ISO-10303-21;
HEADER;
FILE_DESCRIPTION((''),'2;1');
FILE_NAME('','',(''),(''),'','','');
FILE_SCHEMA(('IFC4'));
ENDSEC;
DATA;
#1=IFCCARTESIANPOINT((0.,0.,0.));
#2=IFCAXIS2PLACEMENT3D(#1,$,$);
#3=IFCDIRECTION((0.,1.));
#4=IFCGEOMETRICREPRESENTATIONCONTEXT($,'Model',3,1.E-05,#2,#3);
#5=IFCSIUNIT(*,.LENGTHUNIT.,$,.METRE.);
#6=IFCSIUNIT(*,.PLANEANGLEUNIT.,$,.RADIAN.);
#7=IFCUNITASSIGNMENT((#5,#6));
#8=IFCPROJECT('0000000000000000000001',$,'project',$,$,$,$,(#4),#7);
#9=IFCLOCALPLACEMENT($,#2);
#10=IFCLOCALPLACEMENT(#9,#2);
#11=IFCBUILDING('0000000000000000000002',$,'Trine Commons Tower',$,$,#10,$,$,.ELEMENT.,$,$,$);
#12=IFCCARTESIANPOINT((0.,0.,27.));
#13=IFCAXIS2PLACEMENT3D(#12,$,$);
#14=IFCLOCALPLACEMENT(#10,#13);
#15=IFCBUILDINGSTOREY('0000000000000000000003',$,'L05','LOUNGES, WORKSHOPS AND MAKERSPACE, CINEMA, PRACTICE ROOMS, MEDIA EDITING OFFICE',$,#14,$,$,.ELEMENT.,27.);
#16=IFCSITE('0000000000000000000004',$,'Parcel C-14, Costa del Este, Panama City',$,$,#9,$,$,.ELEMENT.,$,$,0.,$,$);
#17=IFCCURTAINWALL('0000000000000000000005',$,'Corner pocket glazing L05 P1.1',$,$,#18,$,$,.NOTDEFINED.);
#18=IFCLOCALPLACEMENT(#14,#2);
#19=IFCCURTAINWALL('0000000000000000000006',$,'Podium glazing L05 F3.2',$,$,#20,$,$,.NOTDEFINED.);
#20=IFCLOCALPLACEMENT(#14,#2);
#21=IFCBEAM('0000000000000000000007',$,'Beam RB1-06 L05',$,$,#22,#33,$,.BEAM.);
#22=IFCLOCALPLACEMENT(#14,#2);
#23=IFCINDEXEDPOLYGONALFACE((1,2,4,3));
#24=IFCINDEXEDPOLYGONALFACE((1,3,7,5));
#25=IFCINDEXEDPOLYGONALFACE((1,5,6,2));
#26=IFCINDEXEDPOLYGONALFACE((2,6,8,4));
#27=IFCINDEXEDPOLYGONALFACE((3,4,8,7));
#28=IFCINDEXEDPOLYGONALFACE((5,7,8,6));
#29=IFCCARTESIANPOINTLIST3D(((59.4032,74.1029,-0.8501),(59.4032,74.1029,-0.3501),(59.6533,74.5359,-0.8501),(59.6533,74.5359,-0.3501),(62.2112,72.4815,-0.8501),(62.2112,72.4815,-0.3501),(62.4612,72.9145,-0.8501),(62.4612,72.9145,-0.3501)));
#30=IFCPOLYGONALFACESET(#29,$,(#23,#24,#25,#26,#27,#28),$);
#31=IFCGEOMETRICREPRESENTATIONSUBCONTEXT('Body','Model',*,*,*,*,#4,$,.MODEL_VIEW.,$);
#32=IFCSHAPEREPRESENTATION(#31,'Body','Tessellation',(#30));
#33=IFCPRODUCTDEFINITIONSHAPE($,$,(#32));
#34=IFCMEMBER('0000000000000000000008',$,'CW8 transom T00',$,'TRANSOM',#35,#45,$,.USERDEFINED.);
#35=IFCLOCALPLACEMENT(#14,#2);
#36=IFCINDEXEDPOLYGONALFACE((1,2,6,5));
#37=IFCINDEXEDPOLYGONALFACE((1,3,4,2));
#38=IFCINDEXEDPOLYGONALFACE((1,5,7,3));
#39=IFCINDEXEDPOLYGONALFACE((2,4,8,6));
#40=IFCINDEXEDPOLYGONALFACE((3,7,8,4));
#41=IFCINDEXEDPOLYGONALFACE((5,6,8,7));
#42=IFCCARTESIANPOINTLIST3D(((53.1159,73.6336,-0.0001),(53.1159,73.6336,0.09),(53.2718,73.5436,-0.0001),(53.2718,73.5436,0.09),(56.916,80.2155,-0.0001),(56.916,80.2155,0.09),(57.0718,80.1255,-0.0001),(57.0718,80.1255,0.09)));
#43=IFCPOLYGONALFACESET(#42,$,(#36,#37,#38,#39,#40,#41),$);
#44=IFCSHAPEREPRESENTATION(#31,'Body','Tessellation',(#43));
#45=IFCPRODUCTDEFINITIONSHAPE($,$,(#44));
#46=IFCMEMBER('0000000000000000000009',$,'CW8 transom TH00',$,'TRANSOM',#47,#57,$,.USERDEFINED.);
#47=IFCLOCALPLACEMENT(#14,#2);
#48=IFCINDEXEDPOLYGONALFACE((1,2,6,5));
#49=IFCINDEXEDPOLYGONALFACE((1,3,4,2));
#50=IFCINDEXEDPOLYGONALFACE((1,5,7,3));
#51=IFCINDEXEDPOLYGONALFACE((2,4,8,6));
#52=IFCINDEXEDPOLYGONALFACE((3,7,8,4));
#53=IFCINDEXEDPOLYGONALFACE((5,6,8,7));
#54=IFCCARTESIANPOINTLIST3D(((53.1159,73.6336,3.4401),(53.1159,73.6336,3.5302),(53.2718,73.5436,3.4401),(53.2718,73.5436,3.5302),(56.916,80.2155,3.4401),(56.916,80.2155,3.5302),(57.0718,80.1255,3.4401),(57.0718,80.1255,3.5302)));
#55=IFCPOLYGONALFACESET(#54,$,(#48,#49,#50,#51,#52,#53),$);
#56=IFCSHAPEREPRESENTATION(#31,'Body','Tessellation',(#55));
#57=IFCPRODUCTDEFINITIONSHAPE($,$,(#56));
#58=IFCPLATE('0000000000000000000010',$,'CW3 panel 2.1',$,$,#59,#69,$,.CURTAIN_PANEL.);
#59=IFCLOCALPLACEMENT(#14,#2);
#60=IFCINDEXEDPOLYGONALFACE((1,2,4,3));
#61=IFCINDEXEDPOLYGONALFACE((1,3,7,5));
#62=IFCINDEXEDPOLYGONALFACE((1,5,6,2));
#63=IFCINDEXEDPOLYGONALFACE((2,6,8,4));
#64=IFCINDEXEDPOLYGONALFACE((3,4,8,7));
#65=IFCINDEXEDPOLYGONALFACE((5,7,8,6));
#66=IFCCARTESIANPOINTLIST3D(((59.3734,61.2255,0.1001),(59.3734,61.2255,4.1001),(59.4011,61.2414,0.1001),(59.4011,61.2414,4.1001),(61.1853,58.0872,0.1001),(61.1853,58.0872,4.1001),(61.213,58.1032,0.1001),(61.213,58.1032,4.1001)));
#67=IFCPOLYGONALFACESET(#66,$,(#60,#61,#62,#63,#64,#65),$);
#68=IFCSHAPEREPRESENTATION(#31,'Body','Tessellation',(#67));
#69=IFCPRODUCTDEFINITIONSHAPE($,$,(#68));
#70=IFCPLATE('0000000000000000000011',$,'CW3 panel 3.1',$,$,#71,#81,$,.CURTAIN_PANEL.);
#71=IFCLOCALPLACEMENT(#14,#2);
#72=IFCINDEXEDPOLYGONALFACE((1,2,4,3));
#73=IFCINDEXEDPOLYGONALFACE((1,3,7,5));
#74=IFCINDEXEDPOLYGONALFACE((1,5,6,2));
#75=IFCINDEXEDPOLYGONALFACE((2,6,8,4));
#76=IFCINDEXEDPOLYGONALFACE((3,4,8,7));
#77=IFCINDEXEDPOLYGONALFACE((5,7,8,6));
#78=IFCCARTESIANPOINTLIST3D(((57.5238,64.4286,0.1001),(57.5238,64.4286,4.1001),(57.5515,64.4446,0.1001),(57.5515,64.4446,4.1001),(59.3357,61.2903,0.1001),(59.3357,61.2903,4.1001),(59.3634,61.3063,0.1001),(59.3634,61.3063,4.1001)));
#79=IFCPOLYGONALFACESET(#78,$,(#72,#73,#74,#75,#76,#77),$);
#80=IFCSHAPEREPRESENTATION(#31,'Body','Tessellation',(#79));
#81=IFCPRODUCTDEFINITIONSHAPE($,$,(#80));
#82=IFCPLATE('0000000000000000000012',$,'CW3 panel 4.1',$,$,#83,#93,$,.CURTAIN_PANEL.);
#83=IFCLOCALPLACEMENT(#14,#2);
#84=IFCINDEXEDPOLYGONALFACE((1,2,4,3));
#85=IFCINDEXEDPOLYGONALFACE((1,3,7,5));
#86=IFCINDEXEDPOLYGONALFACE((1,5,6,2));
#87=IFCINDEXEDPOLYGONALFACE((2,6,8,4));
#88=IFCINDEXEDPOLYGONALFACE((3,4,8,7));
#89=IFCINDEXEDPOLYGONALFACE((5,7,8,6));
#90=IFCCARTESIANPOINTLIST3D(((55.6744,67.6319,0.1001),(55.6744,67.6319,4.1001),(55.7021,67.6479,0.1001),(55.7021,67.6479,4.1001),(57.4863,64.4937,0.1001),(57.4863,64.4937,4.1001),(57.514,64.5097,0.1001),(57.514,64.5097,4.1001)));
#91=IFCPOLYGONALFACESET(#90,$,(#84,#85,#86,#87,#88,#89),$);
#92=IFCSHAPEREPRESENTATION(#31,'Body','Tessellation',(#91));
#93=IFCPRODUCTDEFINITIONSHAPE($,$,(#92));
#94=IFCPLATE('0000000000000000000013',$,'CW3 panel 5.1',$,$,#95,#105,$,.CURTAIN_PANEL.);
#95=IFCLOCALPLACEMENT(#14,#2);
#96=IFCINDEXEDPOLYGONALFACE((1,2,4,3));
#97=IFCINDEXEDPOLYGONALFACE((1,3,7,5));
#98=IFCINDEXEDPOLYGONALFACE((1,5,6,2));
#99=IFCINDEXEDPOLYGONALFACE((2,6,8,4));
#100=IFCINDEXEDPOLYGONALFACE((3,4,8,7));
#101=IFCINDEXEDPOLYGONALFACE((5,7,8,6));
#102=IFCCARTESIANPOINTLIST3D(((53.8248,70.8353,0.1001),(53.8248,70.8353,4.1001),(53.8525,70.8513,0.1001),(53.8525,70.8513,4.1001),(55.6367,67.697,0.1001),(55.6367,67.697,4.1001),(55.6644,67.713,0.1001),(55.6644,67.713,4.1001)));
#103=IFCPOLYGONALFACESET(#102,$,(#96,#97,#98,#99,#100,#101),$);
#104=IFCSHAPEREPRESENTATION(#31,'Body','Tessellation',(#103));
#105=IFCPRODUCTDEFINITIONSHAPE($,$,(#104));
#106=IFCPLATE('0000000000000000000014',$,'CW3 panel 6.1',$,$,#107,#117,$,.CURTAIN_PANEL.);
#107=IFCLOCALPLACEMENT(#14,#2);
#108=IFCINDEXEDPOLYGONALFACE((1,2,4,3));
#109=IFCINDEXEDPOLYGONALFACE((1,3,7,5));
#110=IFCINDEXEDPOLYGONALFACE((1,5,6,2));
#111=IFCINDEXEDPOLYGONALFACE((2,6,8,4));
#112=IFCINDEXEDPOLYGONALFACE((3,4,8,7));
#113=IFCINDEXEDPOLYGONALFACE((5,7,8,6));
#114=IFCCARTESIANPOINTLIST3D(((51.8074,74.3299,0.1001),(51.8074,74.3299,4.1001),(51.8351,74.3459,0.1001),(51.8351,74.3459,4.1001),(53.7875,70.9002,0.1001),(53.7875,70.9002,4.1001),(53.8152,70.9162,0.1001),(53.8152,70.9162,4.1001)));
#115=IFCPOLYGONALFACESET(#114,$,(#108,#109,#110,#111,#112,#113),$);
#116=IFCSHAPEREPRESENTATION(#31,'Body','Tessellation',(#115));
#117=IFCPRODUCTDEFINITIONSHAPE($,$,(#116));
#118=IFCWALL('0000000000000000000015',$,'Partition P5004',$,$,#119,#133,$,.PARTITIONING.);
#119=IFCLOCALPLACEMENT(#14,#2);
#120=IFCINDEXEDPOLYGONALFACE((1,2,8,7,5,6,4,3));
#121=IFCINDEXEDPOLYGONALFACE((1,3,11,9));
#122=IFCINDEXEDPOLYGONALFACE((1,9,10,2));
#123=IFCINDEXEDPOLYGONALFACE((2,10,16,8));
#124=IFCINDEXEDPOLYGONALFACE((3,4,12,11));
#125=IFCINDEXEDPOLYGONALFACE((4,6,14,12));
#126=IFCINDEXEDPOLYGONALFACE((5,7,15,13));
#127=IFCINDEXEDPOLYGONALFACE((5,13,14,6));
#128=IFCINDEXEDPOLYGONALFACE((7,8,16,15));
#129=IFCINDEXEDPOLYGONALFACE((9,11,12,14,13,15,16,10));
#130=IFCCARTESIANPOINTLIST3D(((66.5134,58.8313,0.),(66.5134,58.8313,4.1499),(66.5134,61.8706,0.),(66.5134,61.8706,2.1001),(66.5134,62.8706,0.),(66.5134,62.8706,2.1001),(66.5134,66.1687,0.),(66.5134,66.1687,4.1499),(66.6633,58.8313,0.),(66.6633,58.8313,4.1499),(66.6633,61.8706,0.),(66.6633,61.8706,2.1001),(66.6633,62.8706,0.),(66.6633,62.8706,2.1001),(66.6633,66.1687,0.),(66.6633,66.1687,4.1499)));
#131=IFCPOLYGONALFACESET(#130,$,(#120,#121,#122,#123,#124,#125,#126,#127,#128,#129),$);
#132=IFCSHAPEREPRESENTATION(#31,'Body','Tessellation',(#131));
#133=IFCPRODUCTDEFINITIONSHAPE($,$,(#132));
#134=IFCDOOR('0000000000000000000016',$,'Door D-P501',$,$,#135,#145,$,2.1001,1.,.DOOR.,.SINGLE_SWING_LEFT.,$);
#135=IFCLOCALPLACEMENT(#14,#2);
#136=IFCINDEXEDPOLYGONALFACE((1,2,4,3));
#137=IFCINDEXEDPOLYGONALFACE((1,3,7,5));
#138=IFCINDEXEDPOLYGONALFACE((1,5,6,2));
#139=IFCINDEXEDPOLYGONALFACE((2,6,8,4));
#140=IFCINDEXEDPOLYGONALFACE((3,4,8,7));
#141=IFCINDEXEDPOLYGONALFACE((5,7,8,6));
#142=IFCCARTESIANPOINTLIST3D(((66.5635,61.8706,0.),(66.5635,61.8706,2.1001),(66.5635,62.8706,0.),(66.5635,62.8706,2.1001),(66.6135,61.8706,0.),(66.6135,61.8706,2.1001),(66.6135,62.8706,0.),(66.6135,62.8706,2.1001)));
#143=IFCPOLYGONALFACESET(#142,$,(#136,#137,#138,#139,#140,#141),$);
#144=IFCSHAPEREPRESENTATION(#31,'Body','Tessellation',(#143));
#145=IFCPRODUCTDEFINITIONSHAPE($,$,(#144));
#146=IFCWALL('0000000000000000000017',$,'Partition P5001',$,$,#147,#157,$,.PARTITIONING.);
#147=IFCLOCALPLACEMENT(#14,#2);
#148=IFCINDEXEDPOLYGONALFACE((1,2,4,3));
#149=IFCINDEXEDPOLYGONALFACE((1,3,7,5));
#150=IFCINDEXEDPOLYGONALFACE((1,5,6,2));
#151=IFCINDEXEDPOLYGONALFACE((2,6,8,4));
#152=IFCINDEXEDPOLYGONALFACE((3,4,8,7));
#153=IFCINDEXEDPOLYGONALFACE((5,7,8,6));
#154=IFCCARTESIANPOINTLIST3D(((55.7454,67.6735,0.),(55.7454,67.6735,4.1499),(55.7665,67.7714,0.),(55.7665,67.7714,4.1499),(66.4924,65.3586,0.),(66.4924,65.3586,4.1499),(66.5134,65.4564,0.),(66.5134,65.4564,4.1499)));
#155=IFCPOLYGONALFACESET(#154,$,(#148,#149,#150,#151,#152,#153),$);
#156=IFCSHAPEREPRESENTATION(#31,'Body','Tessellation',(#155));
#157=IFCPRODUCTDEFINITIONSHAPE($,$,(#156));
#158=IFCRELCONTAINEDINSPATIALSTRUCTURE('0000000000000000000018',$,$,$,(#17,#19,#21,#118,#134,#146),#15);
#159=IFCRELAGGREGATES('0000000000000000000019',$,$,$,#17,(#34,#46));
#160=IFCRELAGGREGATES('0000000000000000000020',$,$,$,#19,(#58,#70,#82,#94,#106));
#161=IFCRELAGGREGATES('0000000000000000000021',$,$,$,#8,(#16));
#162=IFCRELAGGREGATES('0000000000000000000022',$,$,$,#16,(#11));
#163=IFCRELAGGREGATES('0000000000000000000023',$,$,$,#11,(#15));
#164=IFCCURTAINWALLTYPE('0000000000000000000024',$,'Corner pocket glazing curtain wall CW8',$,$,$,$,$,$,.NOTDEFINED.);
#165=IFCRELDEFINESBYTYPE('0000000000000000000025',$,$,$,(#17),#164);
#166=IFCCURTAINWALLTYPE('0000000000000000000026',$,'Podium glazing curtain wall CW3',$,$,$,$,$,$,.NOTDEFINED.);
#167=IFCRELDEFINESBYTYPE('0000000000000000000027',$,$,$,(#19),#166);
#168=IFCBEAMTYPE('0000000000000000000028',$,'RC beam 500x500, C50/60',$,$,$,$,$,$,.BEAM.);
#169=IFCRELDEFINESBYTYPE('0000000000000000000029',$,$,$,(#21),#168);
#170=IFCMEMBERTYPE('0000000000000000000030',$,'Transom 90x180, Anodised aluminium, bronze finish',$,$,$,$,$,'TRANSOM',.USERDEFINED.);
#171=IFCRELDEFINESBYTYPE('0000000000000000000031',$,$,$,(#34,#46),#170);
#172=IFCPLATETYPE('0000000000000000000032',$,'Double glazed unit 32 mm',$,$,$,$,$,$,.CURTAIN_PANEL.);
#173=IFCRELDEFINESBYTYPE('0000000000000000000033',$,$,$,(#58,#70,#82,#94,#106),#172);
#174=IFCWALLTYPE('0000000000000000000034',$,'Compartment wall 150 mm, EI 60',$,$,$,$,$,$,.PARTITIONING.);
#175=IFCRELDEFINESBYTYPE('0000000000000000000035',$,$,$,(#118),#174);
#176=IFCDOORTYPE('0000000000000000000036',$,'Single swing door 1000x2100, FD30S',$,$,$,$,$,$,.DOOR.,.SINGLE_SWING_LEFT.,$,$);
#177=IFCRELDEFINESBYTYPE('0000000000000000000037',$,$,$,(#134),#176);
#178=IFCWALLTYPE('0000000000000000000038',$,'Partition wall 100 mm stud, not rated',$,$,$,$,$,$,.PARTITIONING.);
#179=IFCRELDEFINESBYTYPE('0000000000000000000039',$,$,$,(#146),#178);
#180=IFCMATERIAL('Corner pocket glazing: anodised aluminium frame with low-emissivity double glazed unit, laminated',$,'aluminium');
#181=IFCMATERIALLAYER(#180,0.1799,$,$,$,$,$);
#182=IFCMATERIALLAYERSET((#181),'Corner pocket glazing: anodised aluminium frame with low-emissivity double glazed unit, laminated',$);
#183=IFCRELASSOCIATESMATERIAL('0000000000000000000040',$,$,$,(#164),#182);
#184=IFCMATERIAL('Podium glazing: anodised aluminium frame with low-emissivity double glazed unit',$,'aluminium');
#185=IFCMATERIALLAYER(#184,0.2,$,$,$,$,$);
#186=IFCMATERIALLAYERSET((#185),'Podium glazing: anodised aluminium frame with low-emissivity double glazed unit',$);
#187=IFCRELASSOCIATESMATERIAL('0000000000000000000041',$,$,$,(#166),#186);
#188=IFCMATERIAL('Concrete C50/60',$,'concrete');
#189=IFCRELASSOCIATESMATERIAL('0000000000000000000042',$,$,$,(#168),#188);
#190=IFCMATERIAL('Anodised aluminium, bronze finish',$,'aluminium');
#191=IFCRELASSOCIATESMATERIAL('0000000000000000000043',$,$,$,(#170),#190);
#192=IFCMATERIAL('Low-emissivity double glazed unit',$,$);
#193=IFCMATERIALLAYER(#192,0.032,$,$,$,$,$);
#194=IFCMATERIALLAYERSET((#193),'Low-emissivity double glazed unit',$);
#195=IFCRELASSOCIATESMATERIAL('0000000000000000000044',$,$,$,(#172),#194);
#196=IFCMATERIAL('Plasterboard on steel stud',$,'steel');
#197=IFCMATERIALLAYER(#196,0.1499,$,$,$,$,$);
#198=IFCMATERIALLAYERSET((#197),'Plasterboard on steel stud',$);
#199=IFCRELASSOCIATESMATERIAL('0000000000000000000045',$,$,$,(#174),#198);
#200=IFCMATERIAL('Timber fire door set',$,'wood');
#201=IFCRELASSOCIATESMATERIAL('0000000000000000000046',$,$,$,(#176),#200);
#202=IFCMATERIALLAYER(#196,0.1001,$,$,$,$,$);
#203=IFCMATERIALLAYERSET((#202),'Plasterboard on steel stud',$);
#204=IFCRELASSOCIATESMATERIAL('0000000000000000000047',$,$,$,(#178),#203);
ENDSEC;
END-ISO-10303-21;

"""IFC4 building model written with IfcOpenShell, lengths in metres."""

from ifc_helpers import new_model, si_unit, direction, frame, frame_2d, origin, origin_2d, place, context, subcontext, project, spatial, rectangle, extrude, material, layer, layer_set, material_profile, profile_set, type_object, element, fill, aggregate, save


model = new_model("IFC4")

# Units and contexts
model_context = context("Model", 3, precision=1e-05, world=origin(), true_north=direction((0.0, 1.0)))
body_context = subcontext(model_context, "Body", "Model", "MODEL_VIEW")
ifc_project = project(units=[si_unit("LENGTHUNIT", "METRE"), si_unit("PLANEANGLEUNIT", "RADIAN")], contexts=[model_context])

# Site, building, storey
site_placement = place(None, origin())
site = spatial("IfcSite", under=ifc_project, at=site_placement, Name="Parcel C-14, Costa del Este, Panama City", CompositionType="ELEMENT", RefElevation=0.0)
building_placement = place(site_placement, origin())
building = spatial("IfcBuilding", under=site, at=building_placement, Name="Trine Commons Tower", CompositionType="ELEMENT")
storey_placement = place(building_placement, frame((0.0, 0.0, 27.0)))
storey = spatial("IfcBuildingStorey", under=building, at=storey_placement, Name="L05", Description="LOUNGES, WORKSHOPS AND MAKERSPACE, CINEMA, PRACTICE ROOMS, MEDIA EDITING OFFICE", CompositionType="ELEMENT", Elevation=27.0)

# Curtain wall
ifc_material_1 = material(Name="Corner pocket glazing: anodised aluminium frame with low-emissivity double glazed unit, laminated", Category="aluminium")
ifc_layer_1 = layer(ifc_material_1, 0.1799)
ifc_layer_set_1 = layer_set([ifc_layer_1], Name="Corner pocket glazing: anodised aluminium frame with low-emissivity double glazed unit, laminated")
curtain_wall_type_1 = type_object("IfcCurtainWallType", Name="Corner pocket glazing curtain wall CW8", PredefinedType="NOTDEFINED", material=ifc_layer_set_1)
curtain_wall_1_placement = place(storey_placement, origin())
curtain_wall_1 = element("IfcCurtainWall", 1, at=curtain_wall_1_placement, inside=storey, type_object=curtain_wall_type_1, Name="Corner pocket glazing L05 P1.1", PredefinedType="NOTDEFINED")
ifc_material_2 = material(Name="Anodised aluminium, bronze finish", Category="aluminium")

# Curtain wall
ifc_material_3 = material(Name="Podium glazing: anodised aluminium frame with low-emissivity double glazed unit", Category="aluminium")
ifc_layer_2 = layer(ifc_material_3, 0.2)
ifc_layer_set_2 = layer_set([ifc_layer_2], Name="Podium glazing: anodised aluminium frame with low-emissivity double glazed unit")
curtain_wall_type_2 = type_object("IfcCurtainWallType", Name="Podium glazing curtain wall CW3", PredefinedType="NOTDEFINED", material=ifc_layer_set_2)
curtain_wall_2_placement = place(storey_placement, origin())
curtain_wall_2 = element("IfcCurtainWall", 2, at=curtain_wall_2_placement, inside=storey, type_object=curtain_wall_type_2, Name="Podium glazing L05 F3.2", PredefinedType="NOTDEFINED")

# Beam
ifc_material_4 = material(Name="Concrete C50/60", Category="concrete")
ifc_material_profile_1 = material_profile(ifc_material_4, rectangle(XDim=0.5, YDim=0.5, at=origin_2d()), Name="RC 500x500")
ifc_profile_set_1 = profile_set([ifc_material_profile_1], Name="Concrete C50/60")
beam_type = type_object("IfcBeamType", Name="RC beam 500x500, C50/60", PredefinedType="BEAM", material=ifc_profile_set_1)
beam_1_placement = place(storey_placement, frame((62.3362, 72.698, -0.6001), z_axis=(-0.865996, 0.500051, 0.0), x_axis=(-0.500051, -0.865996, 0.0)))
element("IfcBeam", 3, at=beam_1_placement, inside=storey, type_object=beam_type, Name="Beam RB1-06 L05", PredefinedType="BEAM", context=body_context, shape_type="SweptSolid", body=[
    extrude(rectangle(XDim=0.5, YDim=0.5, at=origin_2d()), origin(), (0.0, 0.0, 1.0), 3.2424),
])

# Members
ifc_material_profile_2 = material_profile(ifc_material_2, rectangle(XDim=0.1799, YDim=0.0901, at=origin_2d()), Name="Transom 90x180")
ifc_profile_set_2 = profile_set([ifc_material_profile_2], Name="Anodised aluminium, bronze finish")
member_type_1 = type_object("IfcMemberType", Name="Transom 90x180, Anodised aluminium, bronze finish", ElementType="TRANSOM", PredefinedType="USERDEFINED", material=ifc_profile_set_2)
member_1_placement = place(storey_placement, frame((53.1938, 73.5886, 0.0449), z_axis=(0.500005, 0.866022, 0.0), x_axis=(-0.866022, 0.500005, 0.0)))
member_1 = element("IfcMember", 4, at=member_1_placement, type_object=member_type_1, Name="CW8 transom T00", ObjectType="TRANSOM", PredefinedType="USERDEFINED", context=body_context, shape_type="SweptSolid", body=[
    extrude(rectangle(XDim=0.1799, YDim=0.0901, at=origin_2d()), origin(), (0.0, 0.0, 1.0), 7.6001),
])
member_2_placement = place(storey_placement, frame((53.1938, 73.5886, 3.4851), z_axis=(0.500005, 0.866022, 0.0), x_axis=(-0.866022, 0.500005, 0.0)))
member_2 = element("IfcMember", 5, at=member_2_placement, type_object=member_type_1, Name="CW8 transom TH00", ObjectType="TRANSOM", PredefinedType="USERDEFINED", context=body_context, shape_type="SweptSolid", body=[
    extrude(rectangle(XDim=0.1799, YDim=0.0901, at=origin_2d()), origin(), (0.0, 0.0, 1.0), 7.6001),
])
aggregate(curtain_wall_1, [member_1, member_2])

# Plates
ifc_material_5 = material(Name="Low-emissivity double glazed unit")
ifc_layer_3 = layer(ifc_material_5, 0.032)
ifc_layer_set_3 = layer_set([ifc_layer_3], Name="Low-emissivity double glazed unit")
plate_type = type_object("IfcPlateType", Name="Double glazed unit 32 mm", PredefinedType="CURTAIN_PANEL", material=ifc_layer_set_3)
plate_1_placement = place(storey_placement, frame((60.2932, 59.6643, 0.1001), z_axis=(0.0, 0.0, 1.0), x_axis=(-0.5, 0.866025, 0.0)))
plate_1 = element("IfcPlate", 6, at=plate_1_placement, type_object=plate_type, Name="CW3 panel 2.1", PredefinedType="CURTAIN_PANEL", context=body_context, shape_type="SweptSolid", body=[
    extrude(rectangle(XDim=3.6238, YDim=0.032, at=origin_2d()), origin(), (0.0, 0.0, 1.0), 4.0),
])
plate_2_placement = place(storey_placement, frame((58.4436, 62.8674, 0.1001), z_axis=(0.0, 0.0, 1.0), x_axis=(-0.5, 0.866025, 0.0)))
plate_2 = element("IfcPlate", 7, at=plate_2_placement, type_object=plate_type, Name="CW3 panel 3.1", PredefinedType="CURTAIN_PANEL", context=body_context, shape_type="SweptSolid", body=[
    extrude(rectangle(XDim=3.6238, YDim=0.032, at=origin_2d()), origin(), (0.0, 0.0, 1.0), 4.0),
])
plate_3_placement = place(storey_placement, frame((56.5942, 66.0708, 0.1001), z_axis=(0.0, 0.0, 1.0), x_axis=(-0.5, 0.866025, 0.0)))
plate_3 = element("IfcPlate", 8, at=plate_3_placement, type_object=plate_type, Name="CW3 panel 4.1", PredefinedType="CURTAIN_PANEL", context=body_context, shape_type="SweptSolid", body=[
    extrude(rectangle(XDim=3.6238, YDim=0.032, at=origin_2d()), origin(), (0.0, 0.0, 1.0), 4.0),
])
plate_4_placement = place(storey_placement, frame((54.7446, 69.2742, 0.1001), z_axis=(0.0, 0.0, 1.0), x_axis=(-0.5, 0.866025, 0.0)))
plate_4 = element("IfcPlate", 9, at=plate_4_placement, type_object=plate_type, Name="CW3 panel 5.1", PredefinedType="CURTAIN_PANEL", context=body_context, shape_type="SweptSolid", body=[
    extrude(rectangle(XDim=3.6238, YDim=0.032, at=origin_2d()), origin(), (0.0, 0.0, 1.0), 4.0),
])
plate_5_placement = place(storey_placement, frame((52.8113, 72.623, 0.1001), z_axis=(0.0, 0.0, 1.0), x_axis=(-0.5, 0.866025, 0.0)))
plate_5 = element("IfcPlate", 10, at=plate_5_placement, type_object=plate_type, Name="CW3 panel 6.1", PredefinedType="CURTAIN_PANEL", context=body_context, shape_type="SweptSolid", body=[
    extrude(rectangle(XDim=3.9602, YDim=0.032, at=origin_2d()), origin(), (0.0, 0.0, 1.0), 4.0),
])
aggregate(curtain_wall_2, [plate_1, plate_2, plate_3, plate_4, plate_5])

# Wall, opening, door
ifc_material_6 = material(Name="Plasterboard on steel stud", Category="steel")
ifc_layer_4 = layer(ifc_material_6, 0.1499)
ifc_layer_set_4 = layer_set([ifc_layer_4], Name="Plasterboard on steel stud")
wall_type_1 = type_object("IfcWallType", Name="Compartment wall 150 mm, EI 60", PredefinedType="PARTITIONING", material=ifc_layer_set_4)
wall_1_placement = place(storey_placement, frame((66.5884, 58.8313, 0.0), z_axis=(0.0, 0.0, 1.0), x_axis=(0.0, 1.0, 0.0)))
wall_1 = element("IfcWall", 11, at=wall_1_placement, inside=storey, type_object=wall_type_1, Name="Partition P5004", PredefinedType="PARTITIONING", context=body_context, shape_type="SweptSolid", body=[
    extrude(rectangle(XDim=7.3374, YDim=0.1499, at=frame_2d((3.6687, 0.0))), origin(), (0.0, 0.0, 1.0), 4.1499),
])
opening_placement = place(wall_1_placement, frame((3.0393, 0.0, 0.0)))
opening = element("IfcOpeningElement", 12, at=opening_placement, cuts=wall_1, PredefinedType="OPENING", context=body_context, shape_type="SweptSolid", body=[
    extrude(rectangle(XDim=1.0, YDim=2.1001, at=frame_2d((0.5, 1.05))), frame((0.0, 0.085, 0.0), z_axis=(0.0, -1.0, 0.0), x_axis=(1.0, 0.0, 0.0)), (0.0, 0.0, 1.0), 0.1699),
])
ifc_material_7 = material(Name="Timber fire door set", Category="wood")
door_type = type_object("IfcDoorType", Name="Single swing door 1000x2100, FD30S", OperationType="SINGLE_SWING_LEFT", PredefinedType="DOOR", material=ifc_material_7)
door_placement = place(opening_placement, origin())
door = element("IfcDoor", 13, at=door_placement, inside=storey, type_object=door_type, Name="Door D-P501", OperationType="SINGLE_SWING_LEFT", OverallHeight=2.1001, OverallWidth=1.0, PredefinedType="DOOR", context=body_context, shape_type="SweptSolid", body=[
    extrude(rectangle(XDim=1.0, YDim=2.1001, at=frame_2d((0.5, 1.05))), frame((0.0, 0.0249, 0.0), z_axis=(0.0, -1.0, 0.0), x_axis=(1.0, 0.0, 0.0)), (0.0, 0.0, 1.0), 0.05),
])
fill(opening, door)

# Wall
ifc_layer_5 = layer(ifc_material_6, 0.1001)
ifc_layer_set_5 = layer_set([ifc_layer_5], Name="Plasterboard on steel stud")
wall_type_2 = type_object("IfcWallType", Name="Partition wall 100 mm stud, not rated", PredefinedType="PARTITIONING", material=ifc_layer_set_5)
wall_2_placement = place(storey_placement, frame((55.7561, 67.7224, 0.0), z_axis=(0.0, 0.0, 1.0), x_axis=(0.977577, -0.210577, 0.0)))
element("IfcWall", 14, at=wall_2_placement, inside=storey, type_object=wall_type_2, Name="Partition P5001", PredefinedType="PARTITIONING", context=body_context, shape_type="SweptSolid", body=[
    extrude(rectangle(XDim=10.9934, YDim=0.1001, at=frame_2d((5.4966, 0.0))), origin(), (0.0, 0.0, 1.0), 4.1499),
])

save(model, "model.ifc")
